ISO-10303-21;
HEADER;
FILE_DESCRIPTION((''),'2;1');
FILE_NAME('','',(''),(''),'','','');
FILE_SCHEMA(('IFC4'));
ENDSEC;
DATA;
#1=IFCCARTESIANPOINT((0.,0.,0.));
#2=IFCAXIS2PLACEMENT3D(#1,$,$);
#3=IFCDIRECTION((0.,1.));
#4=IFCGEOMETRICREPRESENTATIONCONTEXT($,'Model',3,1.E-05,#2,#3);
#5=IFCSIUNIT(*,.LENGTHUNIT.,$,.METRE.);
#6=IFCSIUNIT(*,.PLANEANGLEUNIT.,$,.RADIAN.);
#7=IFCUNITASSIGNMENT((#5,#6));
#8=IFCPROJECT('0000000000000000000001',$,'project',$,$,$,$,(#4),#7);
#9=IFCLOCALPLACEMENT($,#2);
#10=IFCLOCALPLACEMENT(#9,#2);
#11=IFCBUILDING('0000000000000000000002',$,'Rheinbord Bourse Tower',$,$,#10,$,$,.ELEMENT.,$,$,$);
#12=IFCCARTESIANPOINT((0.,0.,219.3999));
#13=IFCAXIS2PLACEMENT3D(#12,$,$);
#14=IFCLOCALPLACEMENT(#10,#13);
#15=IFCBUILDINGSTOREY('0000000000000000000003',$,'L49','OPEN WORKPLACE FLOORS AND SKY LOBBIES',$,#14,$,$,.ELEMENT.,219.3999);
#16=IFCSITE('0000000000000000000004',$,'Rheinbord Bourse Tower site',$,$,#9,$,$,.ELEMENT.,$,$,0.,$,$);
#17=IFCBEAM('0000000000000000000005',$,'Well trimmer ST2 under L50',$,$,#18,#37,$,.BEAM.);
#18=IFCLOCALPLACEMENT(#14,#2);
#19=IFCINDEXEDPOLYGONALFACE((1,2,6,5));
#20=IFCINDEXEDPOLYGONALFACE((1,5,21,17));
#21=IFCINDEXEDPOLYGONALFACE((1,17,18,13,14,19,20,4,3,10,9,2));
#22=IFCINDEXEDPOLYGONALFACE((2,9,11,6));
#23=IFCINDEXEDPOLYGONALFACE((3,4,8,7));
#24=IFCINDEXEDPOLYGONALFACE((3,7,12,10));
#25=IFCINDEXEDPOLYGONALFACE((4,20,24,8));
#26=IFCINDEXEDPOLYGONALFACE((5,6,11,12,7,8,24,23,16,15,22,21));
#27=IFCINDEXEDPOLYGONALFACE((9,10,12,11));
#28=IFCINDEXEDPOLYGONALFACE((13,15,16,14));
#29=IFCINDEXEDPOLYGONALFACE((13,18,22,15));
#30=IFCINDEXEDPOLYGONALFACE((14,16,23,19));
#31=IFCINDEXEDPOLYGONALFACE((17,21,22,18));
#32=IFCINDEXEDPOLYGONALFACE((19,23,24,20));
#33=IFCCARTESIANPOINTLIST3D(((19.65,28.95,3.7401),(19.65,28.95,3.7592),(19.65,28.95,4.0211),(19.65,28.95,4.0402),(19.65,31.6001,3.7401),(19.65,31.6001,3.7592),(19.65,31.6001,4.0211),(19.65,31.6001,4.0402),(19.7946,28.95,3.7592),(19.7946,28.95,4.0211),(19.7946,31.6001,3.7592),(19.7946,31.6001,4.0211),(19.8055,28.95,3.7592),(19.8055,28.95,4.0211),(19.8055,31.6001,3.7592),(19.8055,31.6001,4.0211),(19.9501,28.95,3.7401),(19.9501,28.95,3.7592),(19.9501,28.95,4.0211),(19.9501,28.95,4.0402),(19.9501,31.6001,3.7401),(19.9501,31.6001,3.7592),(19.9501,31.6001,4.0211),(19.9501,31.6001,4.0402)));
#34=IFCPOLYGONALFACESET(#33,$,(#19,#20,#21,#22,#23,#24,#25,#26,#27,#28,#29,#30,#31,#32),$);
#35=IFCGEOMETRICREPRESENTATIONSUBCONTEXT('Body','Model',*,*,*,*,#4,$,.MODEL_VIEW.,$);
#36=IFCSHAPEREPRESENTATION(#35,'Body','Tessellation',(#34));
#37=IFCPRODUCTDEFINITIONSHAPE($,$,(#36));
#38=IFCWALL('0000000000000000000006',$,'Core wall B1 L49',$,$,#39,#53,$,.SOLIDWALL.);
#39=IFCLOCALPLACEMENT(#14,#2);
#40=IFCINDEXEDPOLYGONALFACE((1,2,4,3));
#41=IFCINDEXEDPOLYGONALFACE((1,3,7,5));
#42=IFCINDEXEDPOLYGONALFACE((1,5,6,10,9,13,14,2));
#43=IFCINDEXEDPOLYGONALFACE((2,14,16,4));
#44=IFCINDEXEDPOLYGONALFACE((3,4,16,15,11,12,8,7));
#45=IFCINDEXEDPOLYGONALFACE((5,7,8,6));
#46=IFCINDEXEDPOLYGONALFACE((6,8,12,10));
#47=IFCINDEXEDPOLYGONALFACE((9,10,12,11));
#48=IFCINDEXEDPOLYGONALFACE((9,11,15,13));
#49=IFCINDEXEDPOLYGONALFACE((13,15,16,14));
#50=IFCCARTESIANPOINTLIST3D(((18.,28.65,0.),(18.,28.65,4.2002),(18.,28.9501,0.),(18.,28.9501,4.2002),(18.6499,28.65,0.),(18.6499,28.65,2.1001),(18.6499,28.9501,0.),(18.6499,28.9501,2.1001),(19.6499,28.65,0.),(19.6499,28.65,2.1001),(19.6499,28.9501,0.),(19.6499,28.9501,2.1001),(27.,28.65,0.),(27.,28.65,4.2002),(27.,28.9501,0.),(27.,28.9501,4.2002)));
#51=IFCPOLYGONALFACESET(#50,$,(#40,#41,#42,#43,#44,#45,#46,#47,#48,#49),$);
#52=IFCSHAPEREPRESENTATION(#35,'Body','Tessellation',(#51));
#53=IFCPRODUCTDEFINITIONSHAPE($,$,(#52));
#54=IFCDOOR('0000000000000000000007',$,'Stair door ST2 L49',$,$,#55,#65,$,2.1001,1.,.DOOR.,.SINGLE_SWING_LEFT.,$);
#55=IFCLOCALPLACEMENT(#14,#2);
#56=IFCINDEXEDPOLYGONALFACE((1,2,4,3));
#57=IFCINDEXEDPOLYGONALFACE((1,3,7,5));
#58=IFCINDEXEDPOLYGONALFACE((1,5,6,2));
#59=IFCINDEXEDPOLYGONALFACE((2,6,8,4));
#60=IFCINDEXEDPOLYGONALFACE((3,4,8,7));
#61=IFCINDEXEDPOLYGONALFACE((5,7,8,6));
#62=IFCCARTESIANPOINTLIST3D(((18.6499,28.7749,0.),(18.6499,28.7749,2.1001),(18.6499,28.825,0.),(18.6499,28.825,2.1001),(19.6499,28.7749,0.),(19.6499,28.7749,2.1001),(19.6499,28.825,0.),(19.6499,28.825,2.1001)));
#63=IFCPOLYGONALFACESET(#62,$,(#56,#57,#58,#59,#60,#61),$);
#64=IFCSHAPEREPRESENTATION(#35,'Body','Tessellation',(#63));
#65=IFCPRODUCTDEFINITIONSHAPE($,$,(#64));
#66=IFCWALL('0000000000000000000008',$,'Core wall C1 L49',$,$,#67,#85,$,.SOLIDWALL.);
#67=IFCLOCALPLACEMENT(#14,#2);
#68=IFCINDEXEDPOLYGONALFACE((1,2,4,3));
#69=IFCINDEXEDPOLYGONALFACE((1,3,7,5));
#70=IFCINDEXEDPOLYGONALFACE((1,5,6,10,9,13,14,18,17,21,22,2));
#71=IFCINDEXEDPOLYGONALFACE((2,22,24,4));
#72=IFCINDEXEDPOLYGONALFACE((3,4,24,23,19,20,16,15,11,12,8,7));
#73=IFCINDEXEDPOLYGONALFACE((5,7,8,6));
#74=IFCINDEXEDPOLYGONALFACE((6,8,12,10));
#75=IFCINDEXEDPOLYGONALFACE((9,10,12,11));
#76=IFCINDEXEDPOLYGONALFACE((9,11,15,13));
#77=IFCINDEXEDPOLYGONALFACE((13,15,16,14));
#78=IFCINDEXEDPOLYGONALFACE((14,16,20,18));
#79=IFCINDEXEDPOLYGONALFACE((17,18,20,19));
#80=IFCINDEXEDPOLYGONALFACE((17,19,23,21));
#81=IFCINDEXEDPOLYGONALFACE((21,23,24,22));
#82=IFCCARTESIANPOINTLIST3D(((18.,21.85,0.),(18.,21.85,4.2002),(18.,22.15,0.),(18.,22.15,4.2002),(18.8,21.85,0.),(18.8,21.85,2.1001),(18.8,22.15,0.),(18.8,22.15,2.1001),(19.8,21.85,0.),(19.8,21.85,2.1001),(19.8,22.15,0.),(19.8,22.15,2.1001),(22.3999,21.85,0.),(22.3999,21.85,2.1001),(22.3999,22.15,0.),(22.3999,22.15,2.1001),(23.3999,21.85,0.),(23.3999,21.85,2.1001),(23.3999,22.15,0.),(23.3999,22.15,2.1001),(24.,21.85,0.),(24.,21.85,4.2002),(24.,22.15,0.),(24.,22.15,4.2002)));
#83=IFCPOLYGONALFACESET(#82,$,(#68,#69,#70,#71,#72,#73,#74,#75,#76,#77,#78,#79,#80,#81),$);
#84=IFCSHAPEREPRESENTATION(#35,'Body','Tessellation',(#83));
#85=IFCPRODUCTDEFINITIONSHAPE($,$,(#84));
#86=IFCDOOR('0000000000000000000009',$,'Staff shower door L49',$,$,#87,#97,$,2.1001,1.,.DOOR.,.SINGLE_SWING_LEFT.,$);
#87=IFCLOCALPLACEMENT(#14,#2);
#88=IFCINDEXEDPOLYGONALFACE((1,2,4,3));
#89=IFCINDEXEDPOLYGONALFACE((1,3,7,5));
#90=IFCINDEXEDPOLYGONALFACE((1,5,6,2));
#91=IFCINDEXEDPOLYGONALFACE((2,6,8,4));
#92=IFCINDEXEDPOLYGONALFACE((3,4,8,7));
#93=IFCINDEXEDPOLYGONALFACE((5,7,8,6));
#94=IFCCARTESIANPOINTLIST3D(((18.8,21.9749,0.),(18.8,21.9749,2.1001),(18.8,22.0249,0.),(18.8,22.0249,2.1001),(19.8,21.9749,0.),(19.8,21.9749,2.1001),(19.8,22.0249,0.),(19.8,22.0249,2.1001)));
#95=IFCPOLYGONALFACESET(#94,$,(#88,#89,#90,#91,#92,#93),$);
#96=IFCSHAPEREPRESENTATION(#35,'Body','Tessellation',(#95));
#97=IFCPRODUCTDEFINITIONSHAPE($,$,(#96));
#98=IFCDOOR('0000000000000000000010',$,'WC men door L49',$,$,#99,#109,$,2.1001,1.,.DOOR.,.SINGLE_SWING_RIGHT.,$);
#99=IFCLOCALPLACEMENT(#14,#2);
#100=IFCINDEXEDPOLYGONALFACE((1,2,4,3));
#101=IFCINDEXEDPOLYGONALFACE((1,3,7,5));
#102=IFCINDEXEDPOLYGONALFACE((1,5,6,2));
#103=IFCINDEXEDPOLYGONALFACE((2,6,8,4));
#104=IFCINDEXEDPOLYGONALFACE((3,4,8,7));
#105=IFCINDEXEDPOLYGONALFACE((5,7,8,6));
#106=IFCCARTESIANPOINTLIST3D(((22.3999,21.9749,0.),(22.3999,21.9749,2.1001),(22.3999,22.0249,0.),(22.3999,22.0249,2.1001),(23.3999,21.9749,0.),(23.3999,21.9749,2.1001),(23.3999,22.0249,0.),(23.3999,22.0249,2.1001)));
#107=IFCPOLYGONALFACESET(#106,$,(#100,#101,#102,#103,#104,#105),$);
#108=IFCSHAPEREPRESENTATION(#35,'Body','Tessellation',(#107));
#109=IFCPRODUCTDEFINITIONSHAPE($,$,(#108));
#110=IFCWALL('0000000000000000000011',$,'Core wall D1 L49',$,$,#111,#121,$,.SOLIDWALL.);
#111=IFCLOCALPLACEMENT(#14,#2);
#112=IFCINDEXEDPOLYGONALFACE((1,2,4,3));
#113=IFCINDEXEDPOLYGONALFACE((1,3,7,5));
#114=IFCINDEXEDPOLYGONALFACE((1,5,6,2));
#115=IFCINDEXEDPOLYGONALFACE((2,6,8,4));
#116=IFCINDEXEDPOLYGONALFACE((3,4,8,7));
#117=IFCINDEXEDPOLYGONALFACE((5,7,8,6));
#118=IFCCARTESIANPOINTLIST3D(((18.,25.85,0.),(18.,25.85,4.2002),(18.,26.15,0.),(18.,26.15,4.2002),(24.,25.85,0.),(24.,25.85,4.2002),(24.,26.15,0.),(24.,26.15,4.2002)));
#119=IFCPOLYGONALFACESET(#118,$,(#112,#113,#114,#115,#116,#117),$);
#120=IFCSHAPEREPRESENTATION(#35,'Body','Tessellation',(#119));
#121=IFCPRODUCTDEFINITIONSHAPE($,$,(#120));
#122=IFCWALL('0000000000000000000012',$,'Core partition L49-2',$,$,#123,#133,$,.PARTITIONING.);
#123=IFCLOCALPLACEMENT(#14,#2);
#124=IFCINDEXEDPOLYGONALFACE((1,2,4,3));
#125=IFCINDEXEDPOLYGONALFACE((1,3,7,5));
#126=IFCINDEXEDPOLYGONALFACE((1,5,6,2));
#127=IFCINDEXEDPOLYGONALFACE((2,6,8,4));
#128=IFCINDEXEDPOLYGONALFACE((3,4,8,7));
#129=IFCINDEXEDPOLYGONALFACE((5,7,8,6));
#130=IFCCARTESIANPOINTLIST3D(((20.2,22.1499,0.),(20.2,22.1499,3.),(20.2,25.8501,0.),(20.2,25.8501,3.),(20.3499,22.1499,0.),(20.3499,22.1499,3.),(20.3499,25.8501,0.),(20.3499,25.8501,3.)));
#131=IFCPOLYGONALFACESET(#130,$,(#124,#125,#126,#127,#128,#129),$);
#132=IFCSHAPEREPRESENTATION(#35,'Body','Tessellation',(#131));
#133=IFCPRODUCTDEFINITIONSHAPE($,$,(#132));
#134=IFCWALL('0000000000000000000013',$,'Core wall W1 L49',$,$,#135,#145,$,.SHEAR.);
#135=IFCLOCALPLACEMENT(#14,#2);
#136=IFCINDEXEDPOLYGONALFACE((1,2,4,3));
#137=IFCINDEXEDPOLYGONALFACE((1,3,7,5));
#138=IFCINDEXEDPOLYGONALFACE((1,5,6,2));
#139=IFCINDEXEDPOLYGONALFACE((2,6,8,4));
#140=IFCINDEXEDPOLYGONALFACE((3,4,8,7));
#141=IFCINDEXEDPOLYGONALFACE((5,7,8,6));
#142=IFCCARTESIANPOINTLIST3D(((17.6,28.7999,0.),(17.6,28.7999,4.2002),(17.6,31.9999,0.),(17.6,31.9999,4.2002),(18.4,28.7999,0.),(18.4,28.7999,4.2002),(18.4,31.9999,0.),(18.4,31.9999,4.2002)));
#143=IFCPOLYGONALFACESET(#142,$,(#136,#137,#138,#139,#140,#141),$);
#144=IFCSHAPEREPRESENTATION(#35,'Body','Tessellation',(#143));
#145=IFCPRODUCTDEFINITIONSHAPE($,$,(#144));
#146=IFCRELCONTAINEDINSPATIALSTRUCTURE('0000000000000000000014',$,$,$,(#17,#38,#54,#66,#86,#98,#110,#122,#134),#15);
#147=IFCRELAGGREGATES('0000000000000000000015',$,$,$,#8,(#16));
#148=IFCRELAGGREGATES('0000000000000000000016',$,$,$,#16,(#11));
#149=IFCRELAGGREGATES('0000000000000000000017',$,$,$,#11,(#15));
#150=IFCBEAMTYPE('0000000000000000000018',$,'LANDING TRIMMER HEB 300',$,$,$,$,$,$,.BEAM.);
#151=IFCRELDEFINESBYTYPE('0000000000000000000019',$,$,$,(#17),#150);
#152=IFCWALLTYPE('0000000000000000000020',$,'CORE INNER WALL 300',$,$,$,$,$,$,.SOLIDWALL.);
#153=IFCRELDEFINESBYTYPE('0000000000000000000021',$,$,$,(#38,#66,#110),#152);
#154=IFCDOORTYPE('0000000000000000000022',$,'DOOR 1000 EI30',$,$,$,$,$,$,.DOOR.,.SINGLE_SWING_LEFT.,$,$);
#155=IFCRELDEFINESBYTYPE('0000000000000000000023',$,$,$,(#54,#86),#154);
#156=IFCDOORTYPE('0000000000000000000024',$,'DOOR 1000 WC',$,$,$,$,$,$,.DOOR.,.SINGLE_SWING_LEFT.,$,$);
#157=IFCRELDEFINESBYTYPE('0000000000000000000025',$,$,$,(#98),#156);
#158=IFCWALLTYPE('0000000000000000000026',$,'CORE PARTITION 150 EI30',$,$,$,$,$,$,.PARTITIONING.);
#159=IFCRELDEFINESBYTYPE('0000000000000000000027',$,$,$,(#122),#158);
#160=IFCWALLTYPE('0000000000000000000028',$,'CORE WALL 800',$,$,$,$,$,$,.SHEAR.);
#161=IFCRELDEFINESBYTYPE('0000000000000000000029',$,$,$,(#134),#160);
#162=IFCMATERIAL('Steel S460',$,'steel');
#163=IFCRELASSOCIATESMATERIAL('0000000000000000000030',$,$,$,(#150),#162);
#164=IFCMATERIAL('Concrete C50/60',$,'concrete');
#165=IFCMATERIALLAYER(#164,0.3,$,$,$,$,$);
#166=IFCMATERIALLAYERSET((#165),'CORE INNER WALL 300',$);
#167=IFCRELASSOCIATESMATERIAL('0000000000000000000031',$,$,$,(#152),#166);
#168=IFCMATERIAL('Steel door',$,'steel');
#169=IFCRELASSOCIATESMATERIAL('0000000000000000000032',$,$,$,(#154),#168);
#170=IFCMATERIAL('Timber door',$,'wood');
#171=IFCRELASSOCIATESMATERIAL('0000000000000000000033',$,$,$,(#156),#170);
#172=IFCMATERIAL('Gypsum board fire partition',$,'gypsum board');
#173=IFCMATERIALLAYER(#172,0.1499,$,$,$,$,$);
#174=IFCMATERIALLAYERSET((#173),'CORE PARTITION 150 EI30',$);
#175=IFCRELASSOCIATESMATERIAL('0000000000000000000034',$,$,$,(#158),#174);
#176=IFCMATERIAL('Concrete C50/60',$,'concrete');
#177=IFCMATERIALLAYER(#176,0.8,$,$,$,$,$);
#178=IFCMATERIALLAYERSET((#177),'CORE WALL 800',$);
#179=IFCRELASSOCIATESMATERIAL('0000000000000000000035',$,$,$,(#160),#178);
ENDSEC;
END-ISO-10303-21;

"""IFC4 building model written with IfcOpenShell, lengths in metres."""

from ifc_helpers import new_model, si_unit, direction, frame, frame_2d, origin, origin_2d, place, context, subcontext, project, spatial, rectangle, i_section, extrude, material, layer, layer_set, material_profile, profile_set, type_object, element, fill, save


model = new_model("IFC4")

# Units and contexts
model_context = context("Model", 3, precision=1e-05, world=origin(), true_north=direction((0.0, 1.0)))
body_context = subcontext(model_context, "Body", "Model", "MODEL_VIEW")
ifc_project = project(units=[si_unit("LENGTHUNIT", "METRE"), si_unit("PLANEANGLEUNIT", "RADIAN")], contexts=[model_context])

# Site, building, storey
site_placement = place(None, origin())
site = spatial("IfcSite", under=ifc_project, at=site_placement, Name="Rheinbord Bourse Tower site", CompositionType="ELEMENT", RefElevation=0.0)
building_placement = place(site_placement, origin())
building = spatial("IfcBuilding", under=site, at=building_placement, Name="Rheinbord Bourse Tower", CompositionType="ELEMENT")
storey_placement = place(building_placement, frame((0.0, 0.0, 219.3999)))
storey = spatial("IfcBuildingStorey", under=building, at=storey_placement, Name="L49", Description="OPEN WORKPLACE FLOORS AND SKY LOBBIES", CompositionType="ELEMENT", Elevation=219.3999)

# Beam
ifc_material_1 = material(Name="Steel S460", Category="steel")
ifc_material_profile = material_profile(ifc_material_1, i_section(OverallWidth=0.3, OverallDepth=0.3, WebThickness=0.011, FlangeThickness=0.019, at=origin_2d()), Name="HEB 300")
ifc_profile_set = profile_set([ifc_material_profile], Name="Steel S460")
beam_type = type_object("IfcBeamType", Name="LANDING TRIMMER HEB 300", PredefinedType="BEAM", material=ifc_profile_set)
beam_placement = place(storey_placement, frame((19.8, 28.95, 3.8901), z_axis=(0.0, 1.0, 0.0), x_axis=(-1.0, 0.0, 0.0)))
element("IfcBeam", 1, at=beam_placement, inside=storey, type_object=beam_type, Name="Well trimmer ST2 under L50", PredefinedType="BEAM", context=body_context, shape_type="SweptSolid", body=[
    extrude(i_section(OverallWidth=0.3, OverallDepth=0.3, WebThickness=0.011, FlangeThickness=0.019, at=origin_2d()), origin(), (0.0, 0.0, 1.0), 2.6501),
])

# Wall, opening, door
ifc_material_2 = material(Name="Concrete C50/60", Category="concrete")
ifc_layer_1 = layer(ifc_material_2, 0.3)
ifc_layer_set_1 = layer_set([ifc_layer_1], Name="CORE INNER WALL 300")
wall_type_1 = type_object("IfcWallType", Name="CORE INNER WALL 300", PredefinedType="SOLIDWALL", material=ifc_layer_set_1)
wall_1_placement = place(storey_placement, frame((18.0, 28.8, 0.0), z_axis=(0.0, 0.0, 1.0), x_axis=(1.0, 0.0, 0.0)))
wall_1 = element("IfcWall", 2, at=wall_1_placement, inside=storey, type_object=wall_type_1, Name="Core wall B1 L49", PredefinedType="SOLIDWALL", context=body_context, shape_type="SweptSolid", body=[
    extrude(rectangle(XDim=9.0, YDim=0.3, at=frame_2d((4.5, 0.0))), origin(), (0.0, 0.0, 1.0), 4.2002),
])
opening_1_placement = place(wall_1_placement, frame((0.6499, 0.0, 0.0)))
opening_1 = element("IfcOpeningElement", 3, at=opening_1_placement, cuts=wall_1, PredefinedType="OPENING", context=body_context, shape_type="SweptSolid", body=[
    extrude(rectangle(XDim=1.0, YDim=2.1001, at=frame_2d((0.5, 1.05))), frame((0.0, 0.1599, 0.0), z_axis=(0.0, -1.0, 0.0), x_axis=(1.0, 0.0, 0.0)), (0.0, 0.0, 1.0), 0.3201),
])
ifc_material_3 = material(Name="Steel door", Category="steel")
door_type_1 = type_object("IfcDoorType", Name="DOOR 1000 EI30", OperationType="SINGLE_SWING_LEFT", PredefinedType="DOOR", material=ifc_material_3)
door_1_placement = place(opening_1_placement, origin())
door_1 = element("IfcDoor", 4, at=door_1_placement, inside=storey, type_object=door_type_1, Name="Stair door ST2 L49", OperationType="SINGLE_SWING_LEFT", OverallHeight=2.1001, OverallWidth=1.0, PredefinedType="DOOR", context=body_context, shape_type="SweptSolid", body=[
    extrude(rectangle(XDim=1.0, YDim=2.1001, at=frame_2d((0.5, 1.05))), frame((0.0, 0.0249, 0.0), z_axis=(0.0, -1.0, 0.0), x_axis=(1.0, 0.0, 0.0)), (0.0, 0.0, 1.0), 0.05),
])
fill(opening_1, door_1)

# Wall, openings, doors
wall_2_placement = place(storey_placement, frame((18.0, 22.0, 0.0), z_axis=(0.0, 0.0, 1.0), x_axis=(1.0, 0.0, 0.0)))
wall_2 = element("IfcWall", 5, at=wall_2_placement, inside=storey, type_object=wall_type_1, Name="Core wall C1 L49", PredefinedType="SOLIDWALL", context=body_context, shape_type="SweptSolid", body=[
    extrude(rectangle(XDim=6.0, YDim=0.3, at=frame_2d((3.0, 0.0))), origin(), (0.0, 0.0, 1.0), 4.2002),
])
opening_2_placement = place(wall_2_placement, frame((4.3999, 0.0, 0.0)))
opening_2 = element("IfcOpeningElement", 6, at=opening_2_placement, cuts=wall_2, PredefinedType="OPENING", context=body_context, shape_type="SweptSolid", body=[
    extrude(rectangle(XDim=1.0, YDim=2.1001, at=frame_2d((0.5, 1.05))), frame((0.0, 0.1599, 0.0), z_axis=(0.0, -1.0, 0.0), x_axis=(1.0, 0.0, 0.0)), (0.0, 0.0, 1.0), 0.3201),
])
opening_3_placement = place(wall_2_placement, frame((0.8, 0.0, 0.0)))
opening_3 = element("IfcOpeningElement", 7, at=opening_3_placement, cuts=wall_2, PredefinedType="OPENING", context=body_context, shape_type="SweptSolid", body=[
    extrude(rectangle(XDim=1.0, YDim=2.1001, at=frame_2d((0.5, 1.05))), frame((0.0, 0.1599, 0.0), z_axis=(0.0, -1.0, 0.0), x_axis=(1.0, 0.0, 0.0)), (0.0, 0.0, 1.0), 0.3201),
])
door_2_placement = place(opening_3_placement, origin())
door_2 = element("IfcDoor", 8, at=door_2_placement, inside=storey, type_object=door_type_1, Name="Staff shower door L49", OperationType="SINGLE_SWING_LEFT", OverallHeight=2.1001, OverallWidth=1.0, PredefinedType="DOOR", context=body_context, shape_type="SweptSolid", body=[
    extrude(rectangle(XDim=1.0, YDim=2.1001, at=frame_2d((0.5, 1.05))), frame((0.0, 0.0249, 0.0), z_axis=(0.0, -1.0, 0.0), x_axis=(1.0, 0.0, 0.0)), (0.0, 0.0, 1.0), 0.05),
])
fill(opening_3, door_2)
ifc_material_4 = material(Name="Timber door", Category="wood")
door_type_2 = type_object("IfcDoorType", Name="DOOR 1000 WC", OperationType="SINGLE_SWING_LEFT", PredefinedType="DOOR", material=ifc_material_4)
door_3_placement = place(opening_2_placement, origin())
door_3 = element("IfcDoor", 9, at=door_3_placement, inside=storey, type_object=door_type_2, Name="WC men door L49", OperationType="SINGLE_SWING_RIGHT", OverallHeight=2.1001, OverallWidth=1.0, PredefinedType="DOOR", context=body_context, shape_type="SweptSolid", body=[
    extrude(rectangle(XDim=1.0, YDim=2.1001, at=frame_2d((0.5, 1.05))), frame((0.0, 0.0249, 0.0), z_axis=(0.0, -1.0, 0.0), x_axis=(1.0, 0.0, 0.0)), (0.0, 0.0, 1.0), 0.05),
])
fill(opening_2, door_3)

# Walls
wall_3_placement = place(storey_placement, frame((18.0, 26.0, 0.0), z_axis=(0.0, 0.0, 1.0), x_axis=(1.0, 0.0, 0.0)))
element("IfcWall", 10, at=wall_3_placement, inside=storey, type_object=wall_type_1, Name="Core wall D1 L49", PredefinedType="SOLIDWALL", context=body_context, shape_type="SweptSolid", body=[
    extrude(rectangle(XDim=6.0, YDim=0.3, at=frame_2d((3.0, 0.0))), origin(), (0.0, 0.0, 1.0), 4.2002),
])
ifc_material_5 = material(Name="Gypsum board fire partition", Category="gypsum board")
ifc_layer_2 = layer(ifc_material_5, 0.1499)
ifc_layer_set_2 = layer_set([ifc_layer_2], Name="CORE PARTITION 150 EI30")
wall_type_2 = type_object("IfcWallType", Name="CORE PARTITION 150 EI30", PredefinedType="PARTITIONING", material=ifc_layer_set_2)
wall_4_placement = place(storey_placement, frame((20.2749, 22.1499, 0.0), z_axis=(0.0, 0.0, 1.0), x_axis=(0.0, 1.0, 0.0)))
element("IfcWall", 11, at=wall_4_placement, inside=storey, type_object=wall_type_2, Name="Core partition L49-2", PredefinedType="PARTITIONING", context=body_context, shape_type="SweptSolid", body=[
    extrude(rectangle(XDim=3.7002, YDim=0.1499, at=frame_2d((1.8501, 0.0))), origin(), (0.0, 0.0, 1.0), 3.0),
])
ifc_material_6 = material(Name="Concrete C50/60", Category="concrete")
ifc_layer_3 = layer(ifc_material_6, 0.8)
ifc_layer_set_3 = layer_set([ifc_layer_3], Name="CORE WALL 800")
wall_type_3 = type_object("IfcWallType", Name="CORE WALL 800", PredefinedType="SHEAR", material=ifc_layer_set_3)
wall_5_placement = place(storey_placement, frame((18.0, 32.0, 0.0), z_axis=(0.0, 0.0, 1.0), x_axis=(0.0, -1.0, 0.0)))
element("IfcWall", 12, at=wall_5_placement, inside=storey, type_object=wall_type_3, Name="Core wall W1 L49", PredefinedType="SHEAR", context=body_context, shape_type="SweptSolid", body=[
    extrude(rectangle(XDim=3.2, YDim=0.8, at=frame_2d((1.6001, 0.0))), origin(), (0.0, 0.0, 1.0), 4.2002),
])

save(model, "model.ifc")
